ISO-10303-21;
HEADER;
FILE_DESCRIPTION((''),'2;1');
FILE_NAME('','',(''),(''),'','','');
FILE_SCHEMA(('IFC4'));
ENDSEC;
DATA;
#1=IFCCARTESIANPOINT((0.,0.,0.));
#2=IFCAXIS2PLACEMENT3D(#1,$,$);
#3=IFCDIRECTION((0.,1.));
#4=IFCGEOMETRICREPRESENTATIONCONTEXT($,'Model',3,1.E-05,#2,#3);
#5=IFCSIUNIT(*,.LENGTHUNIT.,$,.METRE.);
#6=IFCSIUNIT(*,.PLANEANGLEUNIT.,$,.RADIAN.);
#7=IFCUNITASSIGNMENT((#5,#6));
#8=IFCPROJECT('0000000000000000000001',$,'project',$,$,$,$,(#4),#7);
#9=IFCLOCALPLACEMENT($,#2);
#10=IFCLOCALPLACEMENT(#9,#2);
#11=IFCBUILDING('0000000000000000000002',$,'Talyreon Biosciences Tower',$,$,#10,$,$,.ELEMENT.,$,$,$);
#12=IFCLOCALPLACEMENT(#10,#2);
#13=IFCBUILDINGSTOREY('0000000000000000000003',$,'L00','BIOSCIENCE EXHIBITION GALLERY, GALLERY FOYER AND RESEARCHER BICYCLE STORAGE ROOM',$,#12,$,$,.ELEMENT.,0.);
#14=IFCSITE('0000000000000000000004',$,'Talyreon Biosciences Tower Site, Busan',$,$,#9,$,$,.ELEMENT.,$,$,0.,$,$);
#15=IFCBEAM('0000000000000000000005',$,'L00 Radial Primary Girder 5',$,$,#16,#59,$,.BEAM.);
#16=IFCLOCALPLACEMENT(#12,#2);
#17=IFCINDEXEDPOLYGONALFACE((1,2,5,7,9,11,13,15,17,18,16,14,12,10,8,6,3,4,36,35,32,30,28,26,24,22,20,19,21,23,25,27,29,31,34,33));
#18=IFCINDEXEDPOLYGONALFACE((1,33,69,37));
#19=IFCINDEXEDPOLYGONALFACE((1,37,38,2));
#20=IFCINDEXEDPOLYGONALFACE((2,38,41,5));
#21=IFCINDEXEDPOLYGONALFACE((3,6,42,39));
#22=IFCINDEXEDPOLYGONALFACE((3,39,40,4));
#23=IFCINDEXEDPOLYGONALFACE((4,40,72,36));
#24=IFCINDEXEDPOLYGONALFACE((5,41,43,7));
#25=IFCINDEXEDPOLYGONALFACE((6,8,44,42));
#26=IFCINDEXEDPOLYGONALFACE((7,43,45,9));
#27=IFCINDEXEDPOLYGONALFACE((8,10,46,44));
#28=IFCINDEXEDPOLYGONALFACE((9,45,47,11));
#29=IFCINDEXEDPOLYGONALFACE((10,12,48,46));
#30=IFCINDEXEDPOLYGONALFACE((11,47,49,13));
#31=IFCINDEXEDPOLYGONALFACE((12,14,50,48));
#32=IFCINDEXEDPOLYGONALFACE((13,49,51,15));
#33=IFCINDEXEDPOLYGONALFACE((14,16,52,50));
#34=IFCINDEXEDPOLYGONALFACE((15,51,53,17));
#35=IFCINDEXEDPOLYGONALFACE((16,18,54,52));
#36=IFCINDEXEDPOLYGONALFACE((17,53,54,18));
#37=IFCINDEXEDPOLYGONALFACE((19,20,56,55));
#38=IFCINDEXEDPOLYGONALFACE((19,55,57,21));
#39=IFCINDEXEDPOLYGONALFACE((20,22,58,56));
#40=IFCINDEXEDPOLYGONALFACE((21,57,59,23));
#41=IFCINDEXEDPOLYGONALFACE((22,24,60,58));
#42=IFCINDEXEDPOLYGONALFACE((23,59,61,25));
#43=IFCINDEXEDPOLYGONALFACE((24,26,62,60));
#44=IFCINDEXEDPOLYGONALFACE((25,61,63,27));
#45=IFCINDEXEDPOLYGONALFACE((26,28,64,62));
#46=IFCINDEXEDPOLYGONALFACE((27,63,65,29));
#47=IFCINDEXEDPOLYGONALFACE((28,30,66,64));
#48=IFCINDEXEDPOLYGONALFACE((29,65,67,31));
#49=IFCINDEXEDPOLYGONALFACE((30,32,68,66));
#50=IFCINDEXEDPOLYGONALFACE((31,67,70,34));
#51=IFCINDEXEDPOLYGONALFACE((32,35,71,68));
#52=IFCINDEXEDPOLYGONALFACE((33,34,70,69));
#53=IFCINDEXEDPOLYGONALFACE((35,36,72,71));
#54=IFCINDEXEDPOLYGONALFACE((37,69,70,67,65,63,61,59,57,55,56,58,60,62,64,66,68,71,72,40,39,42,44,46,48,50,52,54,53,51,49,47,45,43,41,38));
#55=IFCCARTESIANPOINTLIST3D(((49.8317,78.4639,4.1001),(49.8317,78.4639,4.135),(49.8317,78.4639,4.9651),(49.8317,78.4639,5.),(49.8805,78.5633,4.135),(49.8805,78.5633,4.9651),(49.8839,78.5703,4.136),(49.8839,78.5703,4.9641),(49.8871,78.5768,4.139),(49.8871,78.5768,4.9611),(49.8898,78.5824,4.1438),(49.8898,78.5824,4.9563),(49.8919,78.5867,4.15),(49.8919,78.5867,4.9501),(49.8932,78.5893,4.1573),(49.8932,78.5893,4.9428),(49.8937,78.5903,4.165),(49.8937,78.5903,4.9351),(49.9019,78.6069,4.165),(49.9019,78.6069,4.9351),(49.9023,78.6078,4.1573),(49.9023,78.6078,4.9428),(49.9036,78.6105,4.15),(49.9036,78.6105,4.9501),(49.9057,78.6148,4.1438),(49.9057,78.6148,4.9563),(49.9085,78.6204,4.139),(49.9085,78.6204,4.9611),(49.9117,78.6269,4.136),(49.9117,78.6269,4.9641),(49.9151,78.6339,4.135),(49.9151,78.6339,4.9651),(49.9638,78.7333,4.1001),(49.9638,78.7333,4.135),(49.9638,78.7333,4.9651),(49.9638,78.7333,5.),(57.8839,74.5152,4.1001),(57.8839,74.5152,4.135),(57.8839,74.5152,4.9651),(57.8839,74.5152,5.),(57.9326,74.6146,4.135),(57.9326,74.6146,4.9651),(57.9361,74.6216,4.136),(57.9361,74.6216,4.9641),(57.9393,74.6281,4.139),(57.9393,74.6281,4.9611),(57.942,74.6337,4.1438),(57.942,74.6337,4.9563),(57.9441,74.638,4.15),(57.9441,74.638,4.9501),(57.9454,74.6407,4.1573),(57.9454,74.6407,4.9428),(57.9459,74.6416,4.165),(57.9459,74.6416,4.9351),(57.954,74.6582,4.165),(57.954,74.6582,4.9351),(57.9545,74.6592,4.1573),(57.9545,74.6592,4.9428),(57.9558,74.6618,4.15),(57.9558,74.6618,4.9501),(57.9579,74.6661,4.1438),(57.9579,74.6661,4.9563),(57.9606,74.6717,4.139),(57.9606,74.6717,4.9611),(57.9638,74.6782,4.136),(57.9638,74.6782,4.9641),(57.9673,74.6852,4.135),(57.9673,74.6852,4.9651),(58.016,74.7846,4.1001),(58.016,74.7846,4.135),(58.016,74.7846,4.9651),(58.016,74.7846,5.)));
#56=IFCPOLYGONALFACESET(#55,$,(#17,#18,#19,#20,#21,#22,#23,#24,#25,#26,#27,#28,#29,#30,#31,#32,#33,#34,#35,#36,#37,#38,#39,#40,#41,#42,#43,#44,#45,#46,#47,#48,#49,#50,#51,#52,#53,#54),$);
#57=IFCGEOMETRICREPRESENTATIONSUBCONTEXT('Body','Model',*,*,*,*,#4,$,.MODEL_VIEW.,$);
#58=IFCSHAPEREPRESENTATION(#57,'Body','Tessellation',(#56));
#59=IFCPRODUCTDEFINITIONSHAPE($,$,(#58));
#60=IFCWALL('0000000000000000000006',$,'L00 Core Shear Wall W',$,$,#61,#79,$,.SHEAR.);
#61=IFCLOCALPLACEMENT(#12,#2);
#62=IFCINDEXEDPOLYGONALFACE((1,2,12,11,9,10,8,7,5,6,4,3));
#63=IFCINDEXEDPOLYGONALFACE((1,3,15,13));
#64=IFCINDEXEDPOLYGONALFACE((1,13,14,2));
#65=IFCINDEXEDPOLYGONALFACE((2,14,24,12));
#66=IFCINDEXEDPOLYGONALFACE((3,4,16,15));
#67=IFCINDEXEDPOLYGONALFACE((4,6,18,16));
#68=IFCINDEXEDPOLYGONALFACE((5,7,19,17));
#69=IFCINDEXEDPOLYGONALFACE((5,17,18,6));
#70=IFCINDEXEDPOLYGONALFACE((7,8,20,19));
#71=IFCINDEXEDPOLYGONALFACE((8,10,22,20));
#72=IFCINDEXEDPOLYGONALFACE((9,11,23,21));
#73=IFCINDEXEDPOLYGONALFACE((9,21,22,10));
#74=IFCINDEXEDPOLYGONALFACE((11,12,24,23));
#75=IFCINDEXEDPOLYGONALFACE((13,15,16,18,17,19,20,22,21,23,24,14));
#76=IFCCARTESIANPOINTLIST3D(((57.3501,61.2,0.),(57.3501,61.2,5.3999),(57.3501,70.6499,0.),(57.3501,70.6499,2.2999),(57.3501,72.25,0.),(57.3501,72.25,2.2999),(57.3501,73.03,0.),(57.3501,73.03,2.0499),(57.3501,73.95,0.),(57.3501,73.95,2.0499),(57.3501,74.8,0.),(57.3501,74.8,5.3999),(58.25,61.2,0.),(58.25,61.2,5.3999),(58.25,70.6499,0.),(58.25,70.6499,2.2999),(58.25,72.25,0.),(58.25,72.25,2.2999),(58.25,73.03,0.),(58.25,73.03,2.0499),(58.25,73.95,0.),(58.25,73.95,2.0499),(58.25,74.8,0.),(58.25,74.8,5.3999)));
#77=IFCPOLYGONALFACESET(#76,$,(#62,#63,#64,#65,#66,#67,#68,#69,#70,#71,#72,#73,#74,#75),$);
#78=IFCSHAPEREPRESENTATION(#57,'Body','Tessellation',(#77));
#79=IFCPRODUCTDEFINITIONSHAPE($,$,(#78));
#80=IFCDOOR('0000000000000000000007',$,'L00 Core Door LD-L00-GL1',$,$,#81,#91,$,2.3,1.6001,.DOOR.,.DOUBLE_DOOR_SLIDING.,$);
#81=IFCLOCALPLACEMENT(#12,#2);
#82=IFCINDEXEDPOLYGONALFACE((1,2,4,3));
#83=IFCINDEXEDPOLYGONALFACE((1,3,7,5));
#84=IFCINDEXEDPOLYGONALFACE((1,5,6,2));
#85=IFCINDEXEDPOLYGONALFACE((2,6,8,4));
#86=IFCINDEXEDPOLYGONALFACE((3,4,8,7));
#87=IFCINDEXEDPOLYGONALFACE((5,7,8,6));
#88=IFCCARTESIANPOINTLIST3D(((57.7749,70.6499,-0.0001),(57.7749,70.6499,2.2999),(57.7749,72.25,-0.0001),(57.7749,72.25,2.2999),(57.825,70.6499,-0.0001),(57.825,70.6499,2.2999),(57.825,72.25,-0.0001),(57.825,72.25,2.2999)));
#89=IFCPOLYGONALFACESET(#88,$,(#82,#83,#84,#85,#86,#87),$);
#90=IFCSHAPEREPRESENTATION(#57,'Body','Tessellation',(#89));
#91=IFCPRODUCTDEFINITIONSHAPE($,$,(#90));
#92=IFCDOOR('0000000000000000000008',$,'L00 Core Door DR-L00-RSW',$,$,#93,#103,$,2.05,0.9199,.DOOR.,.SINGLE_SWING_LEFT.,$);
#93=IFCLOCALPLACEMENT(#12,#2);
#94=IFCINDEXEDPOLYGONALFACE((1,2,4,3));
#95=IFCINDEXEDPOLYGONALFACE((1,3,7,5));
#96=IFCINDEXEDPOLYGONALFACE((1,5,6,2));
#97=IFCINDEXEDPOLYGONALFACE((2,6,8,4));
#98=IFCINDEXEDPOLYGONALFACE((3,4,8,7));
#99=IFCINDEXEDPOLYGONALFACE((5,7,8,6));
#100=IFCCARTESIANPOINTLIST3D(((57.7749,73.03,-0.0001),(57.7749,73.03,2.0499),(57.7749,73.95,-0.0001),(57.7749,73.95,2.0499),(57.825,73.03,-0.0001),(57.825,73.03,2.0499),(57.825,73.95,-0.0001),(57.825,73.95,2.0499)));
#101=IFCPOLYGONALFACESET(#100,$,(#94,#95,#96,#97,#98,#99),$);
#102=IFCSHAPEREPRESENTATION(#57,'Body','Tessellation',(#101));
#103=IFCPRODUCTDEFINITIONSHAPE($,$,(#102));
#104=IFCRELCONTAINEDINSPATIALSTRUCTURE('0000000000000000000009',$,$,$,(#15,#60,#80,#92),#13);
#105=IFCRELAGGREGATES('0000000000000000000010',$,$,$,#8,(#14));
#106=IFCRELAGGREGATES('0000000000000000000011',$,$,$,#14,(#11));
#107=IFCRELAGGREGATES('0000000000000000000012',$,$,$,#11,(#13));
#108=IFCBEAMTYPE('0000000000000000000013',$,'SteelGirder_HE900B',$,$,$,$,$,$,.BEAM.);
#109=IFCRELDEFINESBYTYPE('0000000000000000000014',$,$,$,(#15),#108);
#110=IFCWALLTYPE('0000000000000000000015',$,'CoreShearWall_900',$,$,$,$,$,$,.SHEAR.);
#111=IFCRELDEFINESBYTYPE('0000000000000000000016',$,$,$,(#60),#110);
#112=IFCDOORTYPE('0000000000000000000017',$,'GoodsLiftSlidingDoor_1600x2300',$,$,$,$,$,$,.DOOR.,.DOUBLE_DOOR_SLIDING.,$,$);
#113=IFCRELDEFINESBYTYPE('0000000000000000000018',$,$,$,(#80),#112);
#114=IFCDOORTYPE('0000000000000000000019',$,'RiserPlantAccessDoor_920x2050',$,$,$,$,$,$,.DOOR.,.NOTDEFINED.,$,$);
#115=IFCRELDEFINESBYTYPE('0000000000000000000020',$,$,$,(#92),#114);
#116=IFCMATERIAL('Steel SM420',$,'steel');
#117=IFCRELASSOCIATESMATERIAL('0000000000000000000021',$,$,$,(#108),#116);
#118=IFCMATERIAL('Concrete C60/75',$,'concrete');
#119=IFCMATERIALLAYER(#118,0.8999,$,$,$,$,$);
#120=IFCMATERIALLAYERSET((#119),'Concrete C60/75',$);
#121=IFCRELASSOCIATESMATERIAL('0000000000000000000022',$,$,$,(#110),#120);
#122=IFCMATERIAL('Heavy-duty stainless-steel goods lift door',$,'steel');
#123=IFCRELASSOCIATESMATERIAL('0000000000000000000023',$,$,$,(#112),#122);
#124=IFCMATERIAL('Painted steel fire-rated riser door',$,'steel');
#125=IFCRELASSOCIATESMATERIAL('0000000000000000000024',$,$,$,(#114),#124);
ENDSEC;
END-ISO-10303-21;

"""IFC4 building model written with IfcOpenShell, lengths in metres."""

from ifc_helpers import new_model, si_unit, direction, frame, frame_2d, origin, origin_2d, place, context, subcontext, project, spatial, rectangle, i_section, extrude, material, layer, layer_set, material_profile, profile_set, type_object, element, fill, save


model = new_model("IFC4")

# Units and contexts
model_context = context("Model", 3, precision=1e-05, world=origin(), true_north=direction((0.0, 1.0)))
body_context = subcontext(model_context, "Body", "Model", "MODEL_VIEW")
ifc_project = project(units=[si_unit("LENGTHUNIT", "METRE"), si_unit("PLANEANGLEUNIT", "RADIAN")], contexts=[model_context])

# Site, building, storey
site_placement = place(None, origin())
site = spatial("IfcSite", under=ifc_project, at=site_placement, Name="Talyreon Biosciences Tower Site, Busan", CompositionType="ELEMENT", RefElevation=0.0)
building_placement = place(site_placement, origin())
building = spatial("IfcBuilding", under=site, at=building_placement, Name="Talyreon Biosciences Tower", CompositionType="ELEMENT")
storey_placement = place(building_placement, origin())
storey = spatial("IfcBuildingStorey", under=building, at=storey_placement, Name="L00", Description="BIOSCIENCE EXHIBITION GALLERY, GALLERY FOYER AND RESEARCHER BICYCLE STORAGE ROOM", CompositionType="ELEMENT", Elevation=0.0)

# Shared definitions
ifc_material_1 = material(Name="Concrete C60/75", Category="concrete")

# Beam
ifc_material_2 = material(Name="Steel SM420", Category="steel")
ifc_material_profile_1 = material_profile(ifc_material_2, i_section(OverallWidth=0.3, OverallDepth=0.8999, WebThickness=0.0186, FlangeThickness=0.0349, FilletRadius=0.03, at=origin_2d()), Name="HE900B")
ifc_profile_set_1 = profile_set([ifc_material_profile_1], Name="Steel SM420")
beam_type_1 = type_object("IfcBeamType", Name="SteelGirder_HE900B", PredefinedType="BEAM", material=ifc_profile_set_1)
beam_1_placement = place(storey_placement, frame((57.95, 74.6499, 4.55), z_axis=(-0.897852, 0.440297, 0.0), x_axis=(-0.440297, -0.897852, 0.0)))
element("IfcBeam", 1, at=beam_1_placement, inside=storey, type_object=beam_type_1, Name="L00 Radial Primary Girder 5", PredefinedType="BEAM", context=body_context, shape_type="SweptSolid", body=[
    extrude(i_section(OverallWidth=0.3, OverallDepth=0.8999, WebThickness=0.0186, FlangeThickness=0.0349, FilletRadius=0.03, at=origin_2d()), origin(), (0.0, 0.0, 1.0), 8.9683),
])

# Wall, openings, doors
ifc_layer_1 = layer(ifc_material_1, 0.8999)
ifc_layer_set_1 = layer_set([ifc_layer_1], Name="Concrete C60/75")
wall_type_1 = type_object("IfcWallType", Name="CoreShearWall_900", PredefinedType="SHEAR", material=ifc_layer_set_1)
wall_1_placement = place(storey_placement, frame((57.8, 74.8, 0.0), z_axis=(0.0, 0.0, 1.0), x_axis=(0.0, -1.0, 0.0)))
wall_1 = element("IfcWall", 2, at=wall_1_placement, inside=storey, type_object=wall_type_1, Name="L00 Core Shear Wall W", PredefinedType="SHEAR", context=body_context, shape_type="SweptSolid", body=[
    extrude(rectangle(XDim=13.6001, YDim=0.8999, at=frame_2d((6.8, 0.0))), origin(), (0.0, 0.0, 1.0), 5.3999),
])
opening_1_placement = place(wall_1_placement, frame((0.8501, 0.0, 0.0)))
opening_1 = element("IfcOpeningElement", 3, at=opening_1_placement, cuts=wall_1, PredefinedType="OPENING", context=body_context, shape_type="SweptSolid", body=[
    extrude(rectangle(XDim=0.9199, YDim=2.05, at=frame_2d((0.46, 1.0249))), frame((0.0, 0.46, 0.0), z_axis=(0.0, -1.0, 0.0), x_axis=(1.0, 0.0, 0.0)), (0.0, 0.0, 1.0), 0.9199),
])
opening_2_placement = place(wall_1_placement, frame((2.55, 0.0, 0.0)))
opening_2 = element("IfcOpeningElement", 4, at=opening_2_placement, cuts=wall_1, PredefinedType="OPENING", context=body_context, shape_type="SweptSolid", body=[
    extrude(rectangle(XDim=1.6001, YDim=2.3, at=frame_2d((0.8, 1.1499))), frame((0.0, 0.46, 0.0), z_axis=(0.0, -1.0, 0.0), x_axis=(1.0, 0.0, 0.0)), (0.0, 0.0, 1.0), 0.9199),
])
ifc_material_3 = material(Name="Heavy-duty stainless-steel goods lift door", Category="steel")
door_type_1 = type_object("IfcDoorType", Name="GoodsLiftSlidingDoor_1600x2300", OperationType="DOUBLE_DOOR_SLIDING", PredefinedType="DOOR", material=ifc_material_3)
door_1_placement = place(opening_2_placement, origin())
door_1 = element("IfcDoor", 5, at=door_1_placement, inside=storey, type_object=door_type_1, Name="L00 Core Door LD-L00-GL1", OperationType="DOUBLE_DOOR_SLIDING", OverallHeight=2.3, OverallWidth=1.6001, PredefinedType="DOOR", context=body_context, shape_type="SweptSolid", body=[
    extrude(rectangle(XDim=1.6001, YDim=2.3, at=frame_2d((0.8, 1.1499))), frame((0.0, 0.0249, 0.0), z_axis=(0.0, -1.0, 0.0), x_axis=(1.0, 0.0, 0.0)), (0.0, 0.0, 1.0), 0.05),
])
fill(opening_2, door_1)
ifc_material_4 = material(Name="Painted steel fire-rated riser door", Category="steel")
door_type_2 = type_object("IfcDoorType", Name="RiserPlantAccessDoor_920x2050", OperationType="NOTDEFINED", PredefinedType="DOOR", material=ifc_material_4)
door_2_placement = place(opening_1_placement, origin())
door_2 = element("IfcDoor", 6, at=door_2_placement, inside=storey, type_object=door_type_2, Name="L00 Core Door DR-L00-RSW", OperationType="SINGLE_SWING_LEFT", OverallHeight=2.05, OverallWidth=0.9199, PredefinedType="DOOR", context=body_context, shape_type="SweptSolid", body=[
    extrude(rectangle(XDim=0.9199, YDim=2.05, at=frame_2d((0.46, 1.0249))), frame((0.0, 0.0249, 0.0), z_axis=(0.0, -1.0, 0.0), x_axis=(1.0, 0.0, 0.0)), (0.0, 0.0, 1.0), 0.05),
])
fill(opening_1, door_2)

save(model, "model.ifc")
